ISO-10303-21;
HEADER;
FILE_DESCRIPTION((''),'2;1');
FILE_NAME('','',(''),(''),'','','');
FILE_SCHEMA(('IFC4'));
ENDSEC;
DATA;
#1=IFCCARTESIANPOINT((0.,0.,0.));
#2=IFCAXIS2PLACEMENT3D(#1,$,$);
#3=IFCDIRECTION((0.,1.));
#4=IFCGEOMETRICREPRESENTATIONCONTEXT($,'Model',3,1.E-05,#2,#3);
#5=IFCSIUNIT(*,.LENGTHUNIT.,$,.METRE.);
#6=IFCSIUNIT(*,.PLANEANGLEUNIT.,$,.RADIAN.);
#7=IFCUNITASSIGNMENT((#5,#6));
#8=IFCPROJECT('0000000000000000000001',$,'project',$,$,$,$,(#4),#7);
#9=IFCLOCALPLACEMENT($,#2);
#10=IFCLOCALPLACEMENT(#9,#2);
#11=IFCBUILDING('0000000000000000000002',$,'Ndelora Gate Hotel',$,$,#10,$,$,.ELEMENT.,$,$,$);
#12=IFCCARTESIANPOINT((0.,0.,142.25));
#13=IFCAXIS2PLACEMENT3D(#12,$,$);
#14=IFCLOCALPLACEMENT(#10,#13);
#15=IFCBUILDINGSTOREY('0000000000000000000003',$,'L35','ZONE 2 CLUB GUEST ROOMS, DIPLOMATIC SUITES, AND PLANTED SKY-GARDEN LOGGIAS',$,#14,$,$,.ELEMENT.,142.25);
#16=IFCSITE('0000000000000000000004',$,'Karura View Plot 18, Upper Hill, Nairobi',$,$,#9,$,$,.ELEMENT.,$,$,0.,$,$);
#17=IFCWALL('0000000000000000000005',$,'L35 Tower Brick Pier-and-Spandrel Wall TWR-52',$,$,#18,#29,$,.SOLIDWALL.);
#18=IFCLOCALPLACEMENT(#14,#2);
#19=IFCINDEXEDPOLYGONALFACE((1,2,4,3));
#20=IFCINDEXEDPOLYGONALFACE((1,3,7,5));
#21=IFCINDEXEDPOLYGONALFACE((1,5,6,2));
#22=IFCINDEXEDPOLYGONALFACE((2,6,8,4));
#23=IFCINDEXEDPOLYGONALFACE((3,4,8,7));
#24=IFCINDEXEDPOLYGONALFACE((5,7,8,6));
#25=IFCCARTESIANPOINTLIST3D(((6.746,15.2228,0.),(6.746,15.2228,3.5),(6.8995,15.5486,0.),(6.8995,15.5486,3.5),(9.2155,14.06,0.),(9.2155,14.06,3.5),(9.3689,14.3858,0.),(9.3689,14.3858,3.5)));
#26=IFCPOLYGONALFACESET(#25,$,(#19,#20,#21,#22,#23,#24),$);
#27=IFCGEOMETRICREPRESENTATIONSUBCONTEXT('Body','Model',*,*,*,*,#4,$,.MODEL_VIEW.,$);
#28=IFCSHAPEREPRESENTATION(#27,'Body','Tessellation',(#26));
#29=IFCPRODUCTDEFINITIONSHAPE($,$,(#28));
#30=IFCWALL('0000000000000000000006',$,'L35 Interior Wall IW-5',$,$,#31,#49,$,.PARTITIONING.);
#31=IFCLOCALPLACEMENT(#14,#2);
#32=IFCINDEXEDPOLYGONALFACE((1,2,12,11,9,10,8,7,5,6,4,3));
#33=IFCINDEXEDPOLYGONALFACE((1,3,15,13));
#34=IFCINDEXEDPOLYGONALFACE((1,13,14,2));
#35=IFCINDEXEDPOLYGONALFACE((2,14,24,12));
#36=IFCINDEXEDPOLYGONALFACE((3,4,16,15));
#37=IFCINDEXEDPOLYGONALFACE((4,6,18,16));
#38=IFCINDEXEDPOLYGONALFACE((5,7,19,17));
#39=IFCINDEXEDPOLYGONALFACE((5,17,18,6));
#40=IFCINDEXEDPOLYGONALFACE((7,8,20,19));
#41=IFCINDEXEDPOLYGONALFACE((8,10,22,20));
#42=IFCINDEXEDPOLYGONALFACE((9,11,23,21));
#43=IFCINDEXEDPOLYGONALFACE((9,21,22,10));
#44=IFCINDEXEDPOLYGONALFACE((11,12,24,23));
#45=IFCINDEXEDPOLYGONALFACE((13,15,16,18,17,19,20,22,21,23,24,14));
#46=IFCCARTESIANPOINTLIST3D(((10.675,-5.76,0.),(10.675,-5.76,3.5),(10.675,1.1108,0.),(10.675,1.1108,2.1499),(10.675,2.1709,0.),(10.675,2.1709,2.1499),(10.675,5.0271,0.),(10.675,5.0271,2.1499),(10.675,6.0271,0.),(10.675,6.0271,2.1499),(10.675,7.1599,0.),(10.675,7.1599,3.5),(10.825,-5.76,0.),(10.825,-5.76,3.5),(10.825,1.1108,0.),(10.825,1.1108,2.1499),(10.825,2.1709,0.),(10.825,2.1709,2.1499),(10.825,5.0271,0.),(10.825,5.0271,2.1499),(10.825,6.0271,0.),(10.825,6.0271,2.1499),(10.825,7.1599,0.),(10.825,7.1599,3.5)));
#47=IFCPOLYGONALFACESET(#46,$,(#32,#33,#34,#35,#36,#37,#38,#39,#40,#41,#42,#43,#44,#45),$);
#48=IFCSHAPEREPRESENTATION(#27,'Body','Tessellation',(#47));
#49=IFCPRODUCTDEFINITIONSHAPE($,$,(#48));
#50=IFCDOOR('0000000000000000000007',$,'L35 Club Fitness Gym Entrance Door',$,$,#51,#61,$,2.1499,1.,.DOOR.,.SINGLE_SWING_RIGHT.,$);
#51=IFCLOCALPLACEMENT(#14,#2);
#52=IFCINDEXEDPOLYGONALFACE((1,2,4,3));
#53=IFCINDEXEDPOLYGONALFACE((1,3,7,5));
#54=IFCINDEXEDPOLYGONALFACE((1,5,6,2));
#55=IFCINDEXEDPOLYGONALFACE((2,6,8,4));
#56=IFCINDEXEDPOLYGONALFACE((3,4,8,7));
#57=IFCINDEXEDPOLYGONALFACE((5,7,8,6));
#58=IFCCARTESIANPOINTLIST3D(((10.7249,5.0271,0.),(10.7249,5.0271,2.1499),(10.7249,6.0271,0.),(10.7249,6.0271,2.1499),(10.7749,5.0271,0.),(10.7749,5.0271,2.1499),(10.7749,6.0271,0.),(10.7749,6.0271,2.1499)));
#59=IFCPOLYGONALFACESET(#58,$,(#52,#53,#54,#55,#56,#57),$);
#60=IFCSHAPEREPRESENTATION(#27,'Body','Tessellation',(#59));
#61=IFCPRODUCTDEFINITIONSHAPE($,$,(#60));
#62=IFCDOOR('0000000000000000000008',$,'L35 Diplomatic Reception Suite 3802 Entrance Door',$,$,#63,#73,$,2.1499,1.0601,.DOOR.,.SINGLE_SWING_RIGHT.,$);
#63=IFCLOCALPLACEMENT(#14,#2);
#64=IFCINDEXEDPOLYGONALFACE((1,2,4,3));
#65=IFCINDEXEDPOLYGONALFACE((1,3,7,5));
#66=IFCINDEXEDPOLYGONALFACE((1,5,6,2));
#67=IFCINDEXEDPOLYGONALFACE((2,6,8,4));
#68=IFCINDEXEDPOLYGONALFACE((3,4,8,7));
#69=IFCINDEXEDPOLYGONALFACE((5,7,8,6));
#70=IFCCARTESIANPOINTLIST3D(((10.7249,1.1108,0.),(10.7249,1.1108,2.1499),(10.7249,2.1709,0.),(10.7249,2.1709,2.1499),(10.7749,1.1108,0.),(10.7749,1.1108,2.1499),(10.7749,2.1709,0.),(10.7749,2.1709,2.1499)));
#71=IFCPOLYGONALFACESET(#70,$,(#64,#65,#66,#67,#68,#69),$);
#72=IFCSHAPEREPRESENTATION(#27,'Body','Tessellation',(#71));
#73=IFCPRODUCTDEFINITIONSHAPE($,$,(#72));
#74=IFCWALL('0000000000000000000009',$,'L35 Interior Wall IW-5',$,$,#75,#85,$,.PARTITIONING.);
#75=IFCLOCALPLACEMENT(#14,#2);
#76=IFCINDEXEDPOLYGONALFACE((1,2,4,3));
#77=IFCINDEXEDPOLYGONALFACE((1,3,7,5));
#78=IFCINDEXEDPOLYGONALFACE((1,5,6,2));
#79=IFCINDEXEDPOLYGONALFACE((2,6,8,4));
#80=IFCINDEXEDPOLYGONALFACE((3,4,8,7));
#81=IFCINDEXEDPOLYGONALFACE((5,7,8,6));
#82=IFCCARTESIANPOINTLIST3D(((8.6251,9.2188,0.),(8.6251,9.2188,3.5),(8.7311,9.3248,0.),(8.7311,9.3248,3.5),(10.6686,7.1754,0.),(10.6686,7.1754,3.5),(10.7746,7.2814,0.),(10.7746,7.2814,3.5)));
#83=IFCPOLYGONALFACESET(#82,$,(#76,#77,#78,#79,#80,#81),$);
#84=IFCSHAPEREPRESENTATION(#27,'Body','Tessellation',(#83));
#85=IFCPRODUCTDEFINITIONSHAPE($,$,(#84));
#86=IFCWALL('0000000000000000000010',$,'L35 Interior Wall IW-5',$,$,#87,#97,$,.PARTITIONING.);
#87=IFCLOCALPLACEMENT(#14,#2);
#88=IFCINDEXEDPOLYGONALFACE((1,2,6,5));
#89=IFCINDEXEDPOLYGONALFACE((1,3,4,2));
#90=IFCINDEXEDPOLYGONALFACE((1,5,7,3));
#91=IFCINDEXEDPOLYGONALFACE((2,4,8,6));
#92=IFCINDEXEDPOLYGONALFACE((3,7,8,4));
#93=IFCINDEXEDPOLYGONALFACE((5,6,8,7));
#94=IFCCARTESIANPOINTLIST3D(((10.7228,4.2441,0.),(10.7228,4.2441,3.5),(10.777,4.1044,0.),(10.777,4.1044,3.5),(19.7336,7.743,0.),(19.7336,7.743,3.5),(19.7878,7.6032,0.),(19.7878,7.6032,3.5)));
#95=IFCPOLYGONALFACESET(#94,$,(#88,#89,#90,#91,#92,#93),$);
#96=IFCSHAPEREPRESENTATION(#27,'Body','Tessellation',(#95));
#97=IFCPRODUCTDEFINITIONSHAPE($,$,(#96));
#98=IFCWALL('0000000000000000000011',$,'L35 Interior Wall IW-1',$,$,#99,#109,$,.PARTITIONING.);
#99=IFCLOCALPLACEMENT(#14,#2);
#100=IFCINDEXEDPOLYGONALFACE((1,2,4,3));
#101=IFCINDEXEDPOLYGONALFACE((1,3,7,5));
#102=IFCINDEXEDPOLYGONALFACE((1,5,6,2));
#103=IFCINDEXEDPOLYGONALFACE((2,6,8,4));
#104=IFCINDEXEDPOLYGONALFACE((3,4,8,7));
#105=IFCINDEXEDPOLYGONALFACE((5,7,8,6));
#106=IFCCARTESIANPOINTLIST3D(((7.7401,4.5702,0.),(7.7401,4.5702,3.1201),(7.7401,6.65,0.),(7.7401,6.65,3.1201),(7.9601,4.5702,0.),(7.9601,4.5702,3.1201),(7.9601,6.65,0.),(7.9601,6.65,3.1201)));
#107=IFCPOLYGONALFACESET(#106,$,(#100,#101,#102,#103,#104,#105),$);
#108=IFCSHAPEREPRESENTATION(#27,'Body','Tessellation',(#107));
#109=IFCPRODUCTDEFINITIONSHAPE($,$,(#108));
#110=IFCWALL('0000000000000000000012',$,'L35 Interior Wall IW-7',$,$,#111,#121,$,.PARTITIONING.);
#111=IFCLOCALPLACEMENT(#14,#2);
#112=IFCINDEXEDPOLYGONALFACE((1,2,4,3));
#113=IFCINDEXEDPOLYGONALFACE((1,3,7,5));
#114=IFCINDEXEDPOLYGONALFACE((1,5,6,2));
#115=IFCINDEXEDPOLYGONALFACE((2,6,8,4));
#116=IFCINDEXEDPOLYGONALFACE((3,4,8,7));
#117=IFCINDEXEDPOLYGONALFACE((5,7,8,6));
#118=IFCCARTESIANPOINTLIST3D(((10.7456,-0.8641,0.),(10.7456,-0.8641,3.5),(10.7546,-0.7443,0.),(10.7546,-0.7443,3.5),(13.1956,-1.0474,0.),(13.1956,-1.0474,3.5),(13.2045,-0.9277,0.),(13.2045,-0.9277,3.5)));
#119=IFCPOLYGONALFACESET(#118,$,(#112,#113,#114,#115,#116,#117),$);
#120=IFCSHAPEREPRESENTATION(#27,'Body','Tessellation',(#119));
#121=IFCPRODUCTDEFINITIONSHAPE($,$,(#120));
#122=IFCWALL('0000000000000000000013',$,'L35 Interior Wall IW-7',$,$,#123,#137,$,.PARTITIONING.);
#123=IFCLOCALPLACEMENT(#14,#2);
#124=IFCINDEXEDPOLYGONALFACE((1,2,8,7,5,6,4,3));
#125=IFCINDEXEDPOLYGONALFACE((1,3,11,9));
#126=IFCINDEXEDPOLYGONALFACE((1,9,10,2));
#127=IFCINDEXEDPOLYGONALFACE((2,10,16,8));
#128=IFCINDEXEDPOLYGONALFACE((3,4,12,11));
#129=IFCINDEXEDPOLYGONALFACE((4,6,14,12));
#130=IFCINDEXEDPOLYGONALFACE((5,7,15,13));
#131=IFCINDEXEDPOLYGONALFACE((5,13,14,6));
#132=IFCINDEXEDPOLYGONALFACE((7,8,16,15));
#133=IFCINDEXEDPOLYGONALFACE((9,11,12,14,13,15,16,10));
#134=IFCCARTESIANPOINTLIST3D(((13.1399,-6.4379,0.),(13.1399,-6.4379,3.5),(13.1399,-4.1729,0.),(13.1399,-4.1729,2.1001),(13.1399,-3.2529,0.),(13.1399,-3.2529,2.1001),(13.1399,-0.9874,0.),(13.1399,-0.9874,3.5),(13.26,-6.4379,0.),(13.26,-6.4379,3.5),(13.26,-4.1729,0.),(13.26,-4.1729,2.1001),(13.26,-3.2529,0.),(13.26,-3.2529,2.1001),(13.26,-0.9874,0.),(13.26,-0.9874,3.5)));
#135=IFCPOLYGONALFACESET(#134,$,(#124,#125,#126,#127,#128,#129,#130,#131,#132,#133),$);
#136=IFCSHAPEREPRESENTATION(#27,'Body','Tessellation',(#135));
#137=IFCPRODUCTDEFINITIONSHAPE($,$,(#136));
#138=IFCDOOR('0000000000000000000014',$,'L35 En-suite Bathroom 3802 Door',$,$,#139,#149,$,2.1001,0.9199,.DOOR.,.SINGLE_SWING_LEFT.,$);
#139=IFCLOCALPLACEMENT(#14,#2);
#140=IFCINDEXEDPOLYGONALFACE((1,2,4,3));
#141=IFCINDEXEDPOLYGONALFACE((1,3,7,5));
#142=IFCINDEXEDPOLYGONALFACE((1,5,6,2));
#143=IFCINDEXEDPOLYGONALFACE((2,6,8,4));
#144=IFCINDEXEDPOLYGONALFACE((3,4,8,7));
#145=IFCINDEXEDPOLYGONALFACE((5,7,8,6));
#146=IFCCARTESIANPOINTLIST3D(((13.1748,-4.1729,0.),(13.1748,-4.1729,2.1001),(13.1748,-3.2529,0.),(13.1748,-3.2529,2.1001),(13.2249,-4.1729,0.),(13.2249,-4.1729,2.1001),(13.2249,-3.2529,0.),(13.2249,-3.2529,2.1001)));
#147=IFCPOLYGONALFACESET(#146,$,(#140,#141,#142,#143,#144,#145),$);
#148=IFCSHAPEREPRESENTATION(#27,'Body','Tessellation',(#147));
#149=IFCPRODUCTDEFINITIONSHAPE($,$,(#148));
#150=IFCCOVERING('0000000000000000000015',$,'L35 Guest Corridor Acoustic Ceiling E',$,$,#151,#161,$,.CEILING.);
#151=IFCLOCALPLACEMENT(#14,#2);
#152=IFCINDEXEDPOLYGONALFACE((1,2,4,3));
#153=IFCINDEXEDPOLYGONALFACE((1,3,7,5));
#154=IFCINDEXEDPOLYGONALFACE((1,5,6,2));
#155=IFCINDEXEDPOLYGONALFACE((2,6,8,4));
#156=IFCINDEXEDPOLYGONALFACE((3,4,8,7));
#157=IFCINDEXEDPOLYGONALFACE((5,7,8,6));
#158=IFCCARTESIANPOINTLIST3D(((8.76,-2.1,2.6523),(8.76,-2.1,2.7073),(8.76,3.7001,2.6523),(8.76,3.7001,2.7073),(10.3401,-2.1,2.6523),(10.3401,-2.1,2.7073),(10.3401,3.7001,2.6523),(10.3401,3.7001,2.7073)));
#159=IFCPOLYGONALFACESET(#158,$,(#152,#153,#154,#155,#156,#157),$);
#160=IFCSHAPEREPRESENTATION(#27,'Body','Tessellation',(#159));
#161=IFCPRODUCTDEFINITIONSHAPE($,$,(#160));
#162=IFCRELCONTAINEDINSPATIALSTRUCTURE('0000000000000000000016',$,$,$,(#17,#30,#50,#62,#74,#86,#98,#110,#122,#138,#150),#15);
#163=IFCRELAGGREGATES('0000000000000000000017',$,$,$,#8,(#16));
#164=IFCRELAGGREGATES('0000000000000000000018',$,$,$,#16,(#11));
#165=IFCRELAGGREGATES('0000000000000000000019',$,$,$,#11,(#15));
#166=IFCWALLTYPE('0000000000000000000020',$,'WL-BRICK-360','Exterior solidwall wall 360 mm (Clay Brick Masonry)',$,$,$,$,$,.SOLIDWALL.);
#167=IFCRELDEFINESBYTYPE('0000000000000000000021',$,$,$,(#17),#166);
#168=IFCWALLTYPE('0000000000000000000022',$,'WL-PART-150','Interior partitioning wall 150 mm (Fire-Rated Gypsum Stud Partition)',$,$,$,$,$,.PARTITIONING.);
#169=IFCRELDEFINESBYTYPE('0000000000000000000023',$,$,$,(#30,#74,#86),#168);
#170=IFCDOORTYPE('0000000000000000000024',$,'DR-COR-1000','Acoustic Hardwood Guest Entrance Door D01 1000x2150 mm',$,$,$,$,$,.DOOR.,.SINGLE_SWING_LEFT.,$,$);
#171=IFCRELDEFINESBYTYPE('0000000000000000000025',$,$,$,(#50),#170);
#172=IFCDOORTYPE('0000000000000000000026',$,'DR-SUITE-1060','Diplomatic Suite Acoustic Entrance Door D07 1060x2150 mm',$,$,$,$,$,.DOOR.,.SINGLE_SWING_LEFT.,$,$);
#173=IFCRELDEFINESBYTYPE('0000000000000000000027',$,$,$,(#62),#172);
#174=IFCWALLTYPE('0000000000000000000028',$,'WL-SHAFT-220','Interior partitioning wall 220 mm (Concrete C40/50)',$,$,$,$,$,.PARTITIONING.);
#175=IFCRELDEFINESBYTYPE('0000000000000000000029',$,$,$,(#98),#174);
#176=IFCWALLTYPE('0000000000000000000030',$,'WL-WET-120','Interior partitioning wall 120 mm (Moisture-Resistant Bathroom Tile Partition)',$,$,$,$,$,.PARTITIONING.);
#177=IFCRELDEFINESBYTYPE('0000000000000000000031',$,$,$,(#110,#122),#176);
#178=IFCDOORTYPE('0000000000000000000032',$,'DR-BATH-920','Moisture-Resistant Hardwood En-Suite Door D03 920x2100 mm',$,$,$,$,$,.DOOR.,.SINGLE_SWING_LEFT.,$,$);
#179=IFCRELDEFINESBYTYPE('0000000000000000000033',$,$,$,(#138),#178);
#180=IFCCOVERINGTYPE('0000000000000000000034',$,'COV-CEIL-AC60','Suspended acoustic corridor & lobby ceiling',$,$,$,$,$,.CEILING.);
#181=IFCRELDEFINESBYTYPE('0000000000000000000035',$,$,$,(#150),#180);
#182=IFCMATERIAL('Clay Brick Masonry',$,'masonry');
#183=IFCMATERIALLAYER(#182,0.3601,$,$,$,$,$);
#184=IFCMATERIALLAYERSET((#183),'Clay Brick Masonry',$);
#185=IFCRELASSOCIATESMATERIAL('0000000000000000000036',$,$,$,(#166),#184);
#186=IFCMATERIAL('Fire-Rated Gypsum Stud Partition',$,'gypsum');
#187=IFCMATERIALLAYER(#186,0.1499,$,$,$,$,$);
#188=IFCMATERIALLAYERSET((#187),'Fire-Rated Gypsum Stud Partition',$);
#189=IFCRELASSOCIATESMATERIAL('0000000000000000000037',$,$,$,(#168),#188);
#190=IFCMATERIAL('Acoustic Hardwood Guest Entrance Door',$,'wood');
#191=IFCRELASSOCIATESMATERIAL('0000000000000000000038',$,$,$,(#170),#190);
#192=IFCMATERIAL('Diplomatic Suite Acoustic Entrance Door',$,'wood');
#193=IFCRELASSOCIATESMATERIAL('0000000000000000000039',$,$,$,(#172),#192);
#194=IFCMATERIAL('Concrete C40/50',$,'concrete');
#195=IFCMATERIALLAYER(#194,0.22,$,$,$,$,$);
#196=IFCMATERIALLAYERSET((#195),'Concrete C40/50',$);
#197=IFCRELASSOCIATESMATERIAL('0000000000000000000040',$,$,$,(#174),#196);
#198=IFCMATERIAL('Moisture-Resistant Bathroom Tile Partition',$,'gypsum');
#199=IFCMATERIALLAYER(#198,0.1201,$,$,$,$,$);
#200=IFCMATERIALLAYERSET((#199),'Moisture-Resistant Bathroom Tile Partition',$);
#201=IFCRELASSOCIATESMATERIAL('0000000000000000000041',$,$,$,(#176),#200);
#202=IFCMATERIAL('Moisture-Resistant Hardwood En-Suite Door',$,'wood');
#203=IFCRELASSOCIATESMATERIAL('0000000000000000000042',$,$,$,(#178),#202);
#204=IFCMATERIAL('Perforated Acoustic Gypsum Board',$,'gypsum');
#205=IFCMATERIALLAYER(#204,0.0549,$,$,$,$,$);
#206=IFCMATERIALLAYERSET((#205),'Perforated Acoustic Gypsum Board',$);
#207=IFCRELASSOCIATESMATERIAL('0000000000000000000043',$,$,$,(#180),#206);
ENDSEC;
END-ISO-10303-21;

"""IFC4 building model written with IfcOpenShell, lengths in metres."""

from ifc_helpers import new_model, si_unit, direction, frame, frame_2d, origin, origin_2d, place, context, subcontext, project, spatial, rectangle, extrude, material, layer, layer_set, type_object, element, fill, save


model = new_model("IFC4")

# Units and contexts
model_context = context("Model", 3, precision=1e-05, world=origin(), true_north=direction((0.0, 1.0)))
body_context = subcontext(model_context, "Body", "Model", "MODEL_VIEW")
ifc_project = project(units=[si_unit("LENGTHUNIT", "METRE"), si_unit("PLANEANGLEUNIT", "RADIAN")], contexts=[model_context])

# Site, building, storey
site_placement = place(None, origin())
site = spatial("IfcSite", under=ifc_project, at=site_placement, Name="Karura View Plot 18, Upper Hill, Nairobi", CompositionType="ELEMENT", RefElevation=0.0)
building_placement = place(site_placement, origin())
building = spatial("IfcBuilding", under=site, at=building_placement, Name="Ndelora Gate Hotel", CompositionType="ELEMENT")
storey_placement = place(building_placement, frame((0.0, 0.0, 142.25)))
storey = spatial("IfcBuildingStorey", under=building, at=storey_placement, Name="L35", Description="ZONE 2 CLUB GUEST ROOMS, DIPLOMATIC SUITES, AND PLANTED SKY-GARDEN LOGGIAS", CompositionType="ELEMENT", Elevation=142.25)

# Shared definitions
ifc_material_1 = material(Name="Clay Brick Masonry", Category="masonry")
ifc_layer_1 = layer(ifc_material_1, 0.3601)
ifc_layer_set_1 = layer_set([ifc_layer_1], Name="Clay Brick Masonry")
wall_type_1 = type_object("IfcWallType", Name="WL-BRICK-360", Description="Exterior solidwall wall 360 mm (Clay Brick Masonry)", PredefinedType="SOLIDWALL", material=ifc_layer_set_1)

# Wall
wall_1_placement = place(storey_placement, frame((6.8228, 15.3857, 0.0), z_axis=(0.0, 0.0, 1.0), x_axis=(0.904715, -0.426017, 0.0)))
element("IfcWall", 1, at=wall_1_placement, inside=storey, type_object=wall_type_1, Name="L35 Tower Brick Pier-and-Spandrel Wall TWR-52", PredefinedType="SOLIDWALL", context=body_context, shape_type="SweptSolid", body=[
    extrude(rectangle(XDim=2.7295, YDim=0.3601, at=frame_2d((1.3647, 0.0))), origin(), (0.0, 0.0, 1.0), 3.5),
])

# Shared definitions
ifc_material_2 = material(Name="Concrete C40/50", Category="concrete")

# Wall, openings, doors
ifc_material_3 = material(Name="Fire-Rated Gypsum Stud Partition", Category="gypsum")
ifc_layer_2 = layer(ifc_material_3, 0.1499)
ifc_layer_set_2 = layer_set([ifc_layer_2], Name="Fire-Rated Gypsum Stud Partition")
wall_type_2 = type_object("IfcWallType", Name="WL-PART-150", Description="Interior partitioning wall 150 mm (Fire-Rated Gypsum Stud Partition)", PredefinedType="PARTITIONING", material=ifc_layer_set_2)
wall_2_placement = place(storey_placement, frame((10.75, 7.1599, 0.0), z_axis=(0.0, 0.0, 1.0), x_axis=(0.0, -1.0, 0.0)))
wall_2 = element("IfcWall", 2, at=wall_2_placement, inside=storey, type_object=wall_type_2, Name="L35 Interior Wall IW-5", PredefinedType="PARTITIONING", context=body_context, shape_type="SweptSolid", body=[
    extrude(rectangle(XDim=12.9199, YDim=0.1499, at=frame_2d((6.46, 0.0))), origin(), (0.0, 0.0, 1.0), 3.5),
])
opening_1_placement = place(wall_2_placement, frame((1.1328, 0.0, 0.0)))
opening_1 = element("IfcOpeningElement", 3, at=opening_1_placement, cuts=wall_2, PredefinedType="OPENING", context=body_context, shape_type="SweptSolid", body=[
    extrude(rectangle(XDim=1.0, YDim=2.1499, at=frame_2d((0.5, 1.075))), frame((0.0, 0.085, 0.0), z_axis=(0.0, -1.0, 0.0), x_axis=(1.0, 0.0, 0.0)), (0.0, 0.0, 1.0), 0.1699),
])
opening_2_placement = place(wall_2_placement, frame((4.989, 0.0, 0.0)))
opening_2 = element("IfcOpeningElement", 4, at=opening_2_placement, cuts=wall_2, PredefinedType="OPENING", context=body_context, shape_type="SweptSolid", body=[
    extrude(rectangle(XDim=1.0601, YDim=2.1499, at=frame_2d((0.53, 1.075))), frame((0.0, 0.085, 0.0), z_axis=(0.0, -1.0, 0.0), x_axis=(1.0, 0.0, 0.0)), (0.0, 0.0, 1.0), 0.1699),
])
ifc_material_4 = material(Name="Acoustic Hardwood Guest Entrance Door", Category="wood")
door_type_1 = type_object("IfcDoorType", Name="DR-COR-1000", Description="Acoustic Hardwood Guest Entrance Door D01 1000x2150 mm", OperationType="SINGLE_SWING_LEFT", PredefinedType="DOOR", material=ifc_material_4)
door_1_placement = place(opening_1_placement, origin())
door_1 = element("IfcDoor", 5, at=door_1_placement, inside=storey, type_object=door_type_1, Name="L35 Club Fitness Gym Entrance Door", OperationType="SINGLE_SWING_RIGHT", OverallHeight=2.1499, OverallWidth=1.0, PredefinedType="DOOR", context=body_context, shape_type="SweptSolid", body=[
    extrude(rectangle(XDim=1.0, YDim=2.1499, at=frame_2d((0.5, 1.075))), frame((0.0, 0.0249, 0.0), z_axis=(0.0, -1.0, 0.0), x_axis=(1.0, 0.0, 0.0)), (0.0, 0.0, 1.0), 0.05),
])
fill(opening_1, door_1)
ifc_material_5 = material(Name="Diplomatic Suite Acoustic Entrance Door", Category="wood")
door_type_2 = type_object("IfcDoorType", Name="DR-SUITE-1060", Description="Diplomatic Suite Acoustic Entrance Door D07 1060x2150 mm", OperationType="SINGLE_SWING_LEFT", PredefinedType="DOOR", material=ifc_material_5)
door_2_placement = place(opening_2_placement, origin())
door_2 = element("IfcDoor", 6, at=door_2_placement, inside=storey, type_object=door_type_2, Name="L35 Diplomatic Reception Suite 3802 Entrance Door", OperationType="SINGLE_SWING_RIGHT", OverallHeight=2.1499, OverallWidth=1.0601, PredefinedType="DOOR", context=body_context, shape_type="SweptSolid", body=[
    extrude(rectangle(XDim=1.0601, YDim=2.1499, at=frame_2d((0.53, 1.075))), frame((0.0, 0.0249, 0.0), z_axis=(0.0, -1.0, 0.0), x_axis=(1.0, 0.0, 0.0)), (0.0, 0.0, 1.0), 0.05),
])
fill(opening_2, door_2)

# Walls
wall_3_placement = place(storey_placement, frame((8.6782, 9.2717, 0.0), z_axis=(0.0, 0.0, 1.0), x_axis=(0.707107, -0.707107, 0.0)))
element("IfcWall", 7, at=wall_3_placement, inside=storey, type_object=wall_type_2, Name="L35 Interior Wall IW-5", PredefinedType="PARTITIONING", context=body_context, shape_type="SweptSolid", body=[
    extrude(rectangle(XDim=2.8899, YDim=0.1499, at=frame_2d((1.4448, 0.0))), origin(), (0.0, 0.0, 1.0), 3.5),
])
wall_4_placement = place(storey_placement, frame((10.75, 4.1743, 0.0), z_axis=(0.0, 0.0, 1.0), x_axis=(0.932193, 0.361961, 0.0)))
element("IfcWall", 8, at=wall_4_placement, inside=storey, type_object=wall_type_2, Name="L35 Interior Wall IW-5", PredefinedType="PARTITIONING", context=body_context, shape_type="SweptSolid", body=[
    extrude(rectangle(XDim=9.6663, YDim=0.1499, at=frame_2d((4.833, 0.0))), origin(), (0.0, 0.0, 1.0), 3.5),
])
ifc_layer_3 = layer(ifc_material_2, 0.22)
ifc_layer_set_3 = layer_set([ifc_layer_3], Name="Concrete C40/50")
wall_type_3 = type_object("IfcWallType", Name="WL-SHAFT-220", Description="Interior partitioning wall 220 mm (Concrete C40/50)", PredefinedType="PARTITIONING", material=ifc_layer_set_3)
wall_5_placement = place(storey_placement, frame((7.8501, 4.5701, 0.0), z_axis=(0.0, 0.0, 1.0), x_axis=(0.0, 1.0, 0.0)))
element("IfcWall", 9, at=wall_5_placement, inside=storey, type_object=wall_type_3, Name="L35 Interior Wall IW-1", PredefinedType="PARTITIONING", context=body_context, shape_type="SweptSolid", body=[
    extrude(rectangle(XDim=2.0798, YDim=0.22, at=frame_2d((1.04, 0.0))), origin(), (0.0, 0.0, 1.0), 3.1201),
])
ifc_material_6 = material(Name="Moisture-Resistant Bathroom Tile Partition", Category="gypsum")
ifc_layer_4 = layer(ifc_material_6, 0.1201)
ifc_layer_set_4 = layer_set([ifc_layer_4], Name="Moisture-Resistant Bathroom Tile Partition")
wall_type_4 = type_object("IfcWallType", Name="WL-WET-120", Description="Interior partitioning wall 120 mm (Moisture-Resistant Bathroom Tile Partition)", PredefinedType="PARTITIONING", material=ifc_layer_set_4)
wall_6_placement = place(storey_placement, frame((10.75, -0.8042, 0.0), z_axis=(0.0, 0.0, 1.0), x_axis=(0.997211, -0.074629, 0.0)))
element("IfcWall", 10, at=wall_6_placement, inside=storey, type_object=wall_type_4, Name="L35 Interior Wall IW-7", PredefinedType="PARTITIONING", context=body_context, shape_type="SweptSolid", body=[
    extrude(rectangle(XDim=2.4568, YDim=0.1201, at=frame_2d((1.2285, 0.0))), origin(), (0.0, 0.0, 1.0), 3.5),
])

# Wall, opening, door
wall_7_placement = place(storey_placement, frame((13.2, -0.9875, 0.0), z_axis=(0.0, 0.0, 1.0), x_axis=(0.0, -1.0, 0.0)))
wall_7 = element("IfcWall", 11, at=wall_7_placement, inside=storey, type_object=wall_type_4, Name="L35 Interior Wall IW-7", PredefinedType="PARTITIONING", context=body_context, shape_type="SweptSolid", body=[
    extrude(rectangle(XDim=5.4504, YDim=0.1201, at=frame_2d((2.7251, 0.0))), origin(), (0.0, 0.0, 1.0), 3.5),
])
opening_3_placement = place(wall_7_placement, frame((2.2654, 0.0, 0.0)))
opening_3 = element("IfcOpeningElement", 12, at=opening_3_placement, cuts=wall_7, PredefinedType="OPENING", context=body_context, shape_type="SweptSolid", body=[
    extrude(rectangle(XDim=0.9199, YDim=2.1001, at=frame_2d((0.46, 1.05))), frame((0.0, 0.0701, 0.0), z_axis=(0.0, -1.0, 0.0), x_axis=(1.0, 0.0, 0.0)), (0.0, 0.0, 1.0), 0.1401),
])
ifc_material_7 = material(Name="Moisture-Resistant Hardwood En-Suite Door", Category="wood")
door_type_3 = type_object("IfcDoorType", Name="DR-BATH-920", Description="Moisture-Resistant Hardwood En-Suite Door D03 920x2100 mm", OperationType="SINGLE_SWING_LEFT", PredefinedType="DOOR", material=ifc_material_7)
door_3_placement = place(opening_3_placement, origin())
door_3 = element("IfcDoor", 13, at=door_3_placement, inside=storey, type_object=door_type_3, Name="L35 En-suite Bathroom 3802 Door", OperationType="SINGLE_SWING_LEFT", OverallHeight=2.1001, OverallWidth=0.9199, PredefinedType="DOOR", context=body_context, shape_type="SweptSolid", body=[
    extrude(rectangle(XDim=0.9199, YDim=2.1001, at=frame_2d((0.46, 1.05))), frame((0.0, 0.0249, 0.0), z_axis=(0.0, -1.0, 0.0), x_axis=(1.0, 0.0, 0.0)), (0.0, 0.0, 1.0), 0.05),
])
fill(opening_3, door_3)

# Covering
ifc_material_8 = material(Name="Perforated Acoustic Gypsum Board", Category="gypsum")
ifc_layer_5 = layer(ifc_material_8, 0.0549)
ifc_layer_set_5 = layer_set([ifc_layer_5], Name="Perforated Acoustic Gypsum Board")
covering_type_1 = type_object("IfcCoveringType", Name="COV-CEIL-AC60", Description="Suspended acoustic corridor & lobby ceiling", PredefinedType="CEILING", material=ifc_layer_set_5)
covering_1_placement = place(storey_placement, frame((9.55, 0.8, 2.6523), z_axis=(0.0, 0.0, 1.0), x_axis=(1.0, 0.0, 0.0)))
element("IfcCovering", 14, at=covering_1_placement, inside=storey, type_object=covering_type_1, Name="L35 Guest Corridor Acoustic Ceiling E", PredefinedType="CEILING", context=body_context, shape_type="SweptSolid", body=[
    extrude(rectangle(XDim=1.5801, YDim=5.8, at=origin_2d()), origin(), (0.0, 0.0, 1.0), 0.0549),
])

save(model, "model.ifc")
